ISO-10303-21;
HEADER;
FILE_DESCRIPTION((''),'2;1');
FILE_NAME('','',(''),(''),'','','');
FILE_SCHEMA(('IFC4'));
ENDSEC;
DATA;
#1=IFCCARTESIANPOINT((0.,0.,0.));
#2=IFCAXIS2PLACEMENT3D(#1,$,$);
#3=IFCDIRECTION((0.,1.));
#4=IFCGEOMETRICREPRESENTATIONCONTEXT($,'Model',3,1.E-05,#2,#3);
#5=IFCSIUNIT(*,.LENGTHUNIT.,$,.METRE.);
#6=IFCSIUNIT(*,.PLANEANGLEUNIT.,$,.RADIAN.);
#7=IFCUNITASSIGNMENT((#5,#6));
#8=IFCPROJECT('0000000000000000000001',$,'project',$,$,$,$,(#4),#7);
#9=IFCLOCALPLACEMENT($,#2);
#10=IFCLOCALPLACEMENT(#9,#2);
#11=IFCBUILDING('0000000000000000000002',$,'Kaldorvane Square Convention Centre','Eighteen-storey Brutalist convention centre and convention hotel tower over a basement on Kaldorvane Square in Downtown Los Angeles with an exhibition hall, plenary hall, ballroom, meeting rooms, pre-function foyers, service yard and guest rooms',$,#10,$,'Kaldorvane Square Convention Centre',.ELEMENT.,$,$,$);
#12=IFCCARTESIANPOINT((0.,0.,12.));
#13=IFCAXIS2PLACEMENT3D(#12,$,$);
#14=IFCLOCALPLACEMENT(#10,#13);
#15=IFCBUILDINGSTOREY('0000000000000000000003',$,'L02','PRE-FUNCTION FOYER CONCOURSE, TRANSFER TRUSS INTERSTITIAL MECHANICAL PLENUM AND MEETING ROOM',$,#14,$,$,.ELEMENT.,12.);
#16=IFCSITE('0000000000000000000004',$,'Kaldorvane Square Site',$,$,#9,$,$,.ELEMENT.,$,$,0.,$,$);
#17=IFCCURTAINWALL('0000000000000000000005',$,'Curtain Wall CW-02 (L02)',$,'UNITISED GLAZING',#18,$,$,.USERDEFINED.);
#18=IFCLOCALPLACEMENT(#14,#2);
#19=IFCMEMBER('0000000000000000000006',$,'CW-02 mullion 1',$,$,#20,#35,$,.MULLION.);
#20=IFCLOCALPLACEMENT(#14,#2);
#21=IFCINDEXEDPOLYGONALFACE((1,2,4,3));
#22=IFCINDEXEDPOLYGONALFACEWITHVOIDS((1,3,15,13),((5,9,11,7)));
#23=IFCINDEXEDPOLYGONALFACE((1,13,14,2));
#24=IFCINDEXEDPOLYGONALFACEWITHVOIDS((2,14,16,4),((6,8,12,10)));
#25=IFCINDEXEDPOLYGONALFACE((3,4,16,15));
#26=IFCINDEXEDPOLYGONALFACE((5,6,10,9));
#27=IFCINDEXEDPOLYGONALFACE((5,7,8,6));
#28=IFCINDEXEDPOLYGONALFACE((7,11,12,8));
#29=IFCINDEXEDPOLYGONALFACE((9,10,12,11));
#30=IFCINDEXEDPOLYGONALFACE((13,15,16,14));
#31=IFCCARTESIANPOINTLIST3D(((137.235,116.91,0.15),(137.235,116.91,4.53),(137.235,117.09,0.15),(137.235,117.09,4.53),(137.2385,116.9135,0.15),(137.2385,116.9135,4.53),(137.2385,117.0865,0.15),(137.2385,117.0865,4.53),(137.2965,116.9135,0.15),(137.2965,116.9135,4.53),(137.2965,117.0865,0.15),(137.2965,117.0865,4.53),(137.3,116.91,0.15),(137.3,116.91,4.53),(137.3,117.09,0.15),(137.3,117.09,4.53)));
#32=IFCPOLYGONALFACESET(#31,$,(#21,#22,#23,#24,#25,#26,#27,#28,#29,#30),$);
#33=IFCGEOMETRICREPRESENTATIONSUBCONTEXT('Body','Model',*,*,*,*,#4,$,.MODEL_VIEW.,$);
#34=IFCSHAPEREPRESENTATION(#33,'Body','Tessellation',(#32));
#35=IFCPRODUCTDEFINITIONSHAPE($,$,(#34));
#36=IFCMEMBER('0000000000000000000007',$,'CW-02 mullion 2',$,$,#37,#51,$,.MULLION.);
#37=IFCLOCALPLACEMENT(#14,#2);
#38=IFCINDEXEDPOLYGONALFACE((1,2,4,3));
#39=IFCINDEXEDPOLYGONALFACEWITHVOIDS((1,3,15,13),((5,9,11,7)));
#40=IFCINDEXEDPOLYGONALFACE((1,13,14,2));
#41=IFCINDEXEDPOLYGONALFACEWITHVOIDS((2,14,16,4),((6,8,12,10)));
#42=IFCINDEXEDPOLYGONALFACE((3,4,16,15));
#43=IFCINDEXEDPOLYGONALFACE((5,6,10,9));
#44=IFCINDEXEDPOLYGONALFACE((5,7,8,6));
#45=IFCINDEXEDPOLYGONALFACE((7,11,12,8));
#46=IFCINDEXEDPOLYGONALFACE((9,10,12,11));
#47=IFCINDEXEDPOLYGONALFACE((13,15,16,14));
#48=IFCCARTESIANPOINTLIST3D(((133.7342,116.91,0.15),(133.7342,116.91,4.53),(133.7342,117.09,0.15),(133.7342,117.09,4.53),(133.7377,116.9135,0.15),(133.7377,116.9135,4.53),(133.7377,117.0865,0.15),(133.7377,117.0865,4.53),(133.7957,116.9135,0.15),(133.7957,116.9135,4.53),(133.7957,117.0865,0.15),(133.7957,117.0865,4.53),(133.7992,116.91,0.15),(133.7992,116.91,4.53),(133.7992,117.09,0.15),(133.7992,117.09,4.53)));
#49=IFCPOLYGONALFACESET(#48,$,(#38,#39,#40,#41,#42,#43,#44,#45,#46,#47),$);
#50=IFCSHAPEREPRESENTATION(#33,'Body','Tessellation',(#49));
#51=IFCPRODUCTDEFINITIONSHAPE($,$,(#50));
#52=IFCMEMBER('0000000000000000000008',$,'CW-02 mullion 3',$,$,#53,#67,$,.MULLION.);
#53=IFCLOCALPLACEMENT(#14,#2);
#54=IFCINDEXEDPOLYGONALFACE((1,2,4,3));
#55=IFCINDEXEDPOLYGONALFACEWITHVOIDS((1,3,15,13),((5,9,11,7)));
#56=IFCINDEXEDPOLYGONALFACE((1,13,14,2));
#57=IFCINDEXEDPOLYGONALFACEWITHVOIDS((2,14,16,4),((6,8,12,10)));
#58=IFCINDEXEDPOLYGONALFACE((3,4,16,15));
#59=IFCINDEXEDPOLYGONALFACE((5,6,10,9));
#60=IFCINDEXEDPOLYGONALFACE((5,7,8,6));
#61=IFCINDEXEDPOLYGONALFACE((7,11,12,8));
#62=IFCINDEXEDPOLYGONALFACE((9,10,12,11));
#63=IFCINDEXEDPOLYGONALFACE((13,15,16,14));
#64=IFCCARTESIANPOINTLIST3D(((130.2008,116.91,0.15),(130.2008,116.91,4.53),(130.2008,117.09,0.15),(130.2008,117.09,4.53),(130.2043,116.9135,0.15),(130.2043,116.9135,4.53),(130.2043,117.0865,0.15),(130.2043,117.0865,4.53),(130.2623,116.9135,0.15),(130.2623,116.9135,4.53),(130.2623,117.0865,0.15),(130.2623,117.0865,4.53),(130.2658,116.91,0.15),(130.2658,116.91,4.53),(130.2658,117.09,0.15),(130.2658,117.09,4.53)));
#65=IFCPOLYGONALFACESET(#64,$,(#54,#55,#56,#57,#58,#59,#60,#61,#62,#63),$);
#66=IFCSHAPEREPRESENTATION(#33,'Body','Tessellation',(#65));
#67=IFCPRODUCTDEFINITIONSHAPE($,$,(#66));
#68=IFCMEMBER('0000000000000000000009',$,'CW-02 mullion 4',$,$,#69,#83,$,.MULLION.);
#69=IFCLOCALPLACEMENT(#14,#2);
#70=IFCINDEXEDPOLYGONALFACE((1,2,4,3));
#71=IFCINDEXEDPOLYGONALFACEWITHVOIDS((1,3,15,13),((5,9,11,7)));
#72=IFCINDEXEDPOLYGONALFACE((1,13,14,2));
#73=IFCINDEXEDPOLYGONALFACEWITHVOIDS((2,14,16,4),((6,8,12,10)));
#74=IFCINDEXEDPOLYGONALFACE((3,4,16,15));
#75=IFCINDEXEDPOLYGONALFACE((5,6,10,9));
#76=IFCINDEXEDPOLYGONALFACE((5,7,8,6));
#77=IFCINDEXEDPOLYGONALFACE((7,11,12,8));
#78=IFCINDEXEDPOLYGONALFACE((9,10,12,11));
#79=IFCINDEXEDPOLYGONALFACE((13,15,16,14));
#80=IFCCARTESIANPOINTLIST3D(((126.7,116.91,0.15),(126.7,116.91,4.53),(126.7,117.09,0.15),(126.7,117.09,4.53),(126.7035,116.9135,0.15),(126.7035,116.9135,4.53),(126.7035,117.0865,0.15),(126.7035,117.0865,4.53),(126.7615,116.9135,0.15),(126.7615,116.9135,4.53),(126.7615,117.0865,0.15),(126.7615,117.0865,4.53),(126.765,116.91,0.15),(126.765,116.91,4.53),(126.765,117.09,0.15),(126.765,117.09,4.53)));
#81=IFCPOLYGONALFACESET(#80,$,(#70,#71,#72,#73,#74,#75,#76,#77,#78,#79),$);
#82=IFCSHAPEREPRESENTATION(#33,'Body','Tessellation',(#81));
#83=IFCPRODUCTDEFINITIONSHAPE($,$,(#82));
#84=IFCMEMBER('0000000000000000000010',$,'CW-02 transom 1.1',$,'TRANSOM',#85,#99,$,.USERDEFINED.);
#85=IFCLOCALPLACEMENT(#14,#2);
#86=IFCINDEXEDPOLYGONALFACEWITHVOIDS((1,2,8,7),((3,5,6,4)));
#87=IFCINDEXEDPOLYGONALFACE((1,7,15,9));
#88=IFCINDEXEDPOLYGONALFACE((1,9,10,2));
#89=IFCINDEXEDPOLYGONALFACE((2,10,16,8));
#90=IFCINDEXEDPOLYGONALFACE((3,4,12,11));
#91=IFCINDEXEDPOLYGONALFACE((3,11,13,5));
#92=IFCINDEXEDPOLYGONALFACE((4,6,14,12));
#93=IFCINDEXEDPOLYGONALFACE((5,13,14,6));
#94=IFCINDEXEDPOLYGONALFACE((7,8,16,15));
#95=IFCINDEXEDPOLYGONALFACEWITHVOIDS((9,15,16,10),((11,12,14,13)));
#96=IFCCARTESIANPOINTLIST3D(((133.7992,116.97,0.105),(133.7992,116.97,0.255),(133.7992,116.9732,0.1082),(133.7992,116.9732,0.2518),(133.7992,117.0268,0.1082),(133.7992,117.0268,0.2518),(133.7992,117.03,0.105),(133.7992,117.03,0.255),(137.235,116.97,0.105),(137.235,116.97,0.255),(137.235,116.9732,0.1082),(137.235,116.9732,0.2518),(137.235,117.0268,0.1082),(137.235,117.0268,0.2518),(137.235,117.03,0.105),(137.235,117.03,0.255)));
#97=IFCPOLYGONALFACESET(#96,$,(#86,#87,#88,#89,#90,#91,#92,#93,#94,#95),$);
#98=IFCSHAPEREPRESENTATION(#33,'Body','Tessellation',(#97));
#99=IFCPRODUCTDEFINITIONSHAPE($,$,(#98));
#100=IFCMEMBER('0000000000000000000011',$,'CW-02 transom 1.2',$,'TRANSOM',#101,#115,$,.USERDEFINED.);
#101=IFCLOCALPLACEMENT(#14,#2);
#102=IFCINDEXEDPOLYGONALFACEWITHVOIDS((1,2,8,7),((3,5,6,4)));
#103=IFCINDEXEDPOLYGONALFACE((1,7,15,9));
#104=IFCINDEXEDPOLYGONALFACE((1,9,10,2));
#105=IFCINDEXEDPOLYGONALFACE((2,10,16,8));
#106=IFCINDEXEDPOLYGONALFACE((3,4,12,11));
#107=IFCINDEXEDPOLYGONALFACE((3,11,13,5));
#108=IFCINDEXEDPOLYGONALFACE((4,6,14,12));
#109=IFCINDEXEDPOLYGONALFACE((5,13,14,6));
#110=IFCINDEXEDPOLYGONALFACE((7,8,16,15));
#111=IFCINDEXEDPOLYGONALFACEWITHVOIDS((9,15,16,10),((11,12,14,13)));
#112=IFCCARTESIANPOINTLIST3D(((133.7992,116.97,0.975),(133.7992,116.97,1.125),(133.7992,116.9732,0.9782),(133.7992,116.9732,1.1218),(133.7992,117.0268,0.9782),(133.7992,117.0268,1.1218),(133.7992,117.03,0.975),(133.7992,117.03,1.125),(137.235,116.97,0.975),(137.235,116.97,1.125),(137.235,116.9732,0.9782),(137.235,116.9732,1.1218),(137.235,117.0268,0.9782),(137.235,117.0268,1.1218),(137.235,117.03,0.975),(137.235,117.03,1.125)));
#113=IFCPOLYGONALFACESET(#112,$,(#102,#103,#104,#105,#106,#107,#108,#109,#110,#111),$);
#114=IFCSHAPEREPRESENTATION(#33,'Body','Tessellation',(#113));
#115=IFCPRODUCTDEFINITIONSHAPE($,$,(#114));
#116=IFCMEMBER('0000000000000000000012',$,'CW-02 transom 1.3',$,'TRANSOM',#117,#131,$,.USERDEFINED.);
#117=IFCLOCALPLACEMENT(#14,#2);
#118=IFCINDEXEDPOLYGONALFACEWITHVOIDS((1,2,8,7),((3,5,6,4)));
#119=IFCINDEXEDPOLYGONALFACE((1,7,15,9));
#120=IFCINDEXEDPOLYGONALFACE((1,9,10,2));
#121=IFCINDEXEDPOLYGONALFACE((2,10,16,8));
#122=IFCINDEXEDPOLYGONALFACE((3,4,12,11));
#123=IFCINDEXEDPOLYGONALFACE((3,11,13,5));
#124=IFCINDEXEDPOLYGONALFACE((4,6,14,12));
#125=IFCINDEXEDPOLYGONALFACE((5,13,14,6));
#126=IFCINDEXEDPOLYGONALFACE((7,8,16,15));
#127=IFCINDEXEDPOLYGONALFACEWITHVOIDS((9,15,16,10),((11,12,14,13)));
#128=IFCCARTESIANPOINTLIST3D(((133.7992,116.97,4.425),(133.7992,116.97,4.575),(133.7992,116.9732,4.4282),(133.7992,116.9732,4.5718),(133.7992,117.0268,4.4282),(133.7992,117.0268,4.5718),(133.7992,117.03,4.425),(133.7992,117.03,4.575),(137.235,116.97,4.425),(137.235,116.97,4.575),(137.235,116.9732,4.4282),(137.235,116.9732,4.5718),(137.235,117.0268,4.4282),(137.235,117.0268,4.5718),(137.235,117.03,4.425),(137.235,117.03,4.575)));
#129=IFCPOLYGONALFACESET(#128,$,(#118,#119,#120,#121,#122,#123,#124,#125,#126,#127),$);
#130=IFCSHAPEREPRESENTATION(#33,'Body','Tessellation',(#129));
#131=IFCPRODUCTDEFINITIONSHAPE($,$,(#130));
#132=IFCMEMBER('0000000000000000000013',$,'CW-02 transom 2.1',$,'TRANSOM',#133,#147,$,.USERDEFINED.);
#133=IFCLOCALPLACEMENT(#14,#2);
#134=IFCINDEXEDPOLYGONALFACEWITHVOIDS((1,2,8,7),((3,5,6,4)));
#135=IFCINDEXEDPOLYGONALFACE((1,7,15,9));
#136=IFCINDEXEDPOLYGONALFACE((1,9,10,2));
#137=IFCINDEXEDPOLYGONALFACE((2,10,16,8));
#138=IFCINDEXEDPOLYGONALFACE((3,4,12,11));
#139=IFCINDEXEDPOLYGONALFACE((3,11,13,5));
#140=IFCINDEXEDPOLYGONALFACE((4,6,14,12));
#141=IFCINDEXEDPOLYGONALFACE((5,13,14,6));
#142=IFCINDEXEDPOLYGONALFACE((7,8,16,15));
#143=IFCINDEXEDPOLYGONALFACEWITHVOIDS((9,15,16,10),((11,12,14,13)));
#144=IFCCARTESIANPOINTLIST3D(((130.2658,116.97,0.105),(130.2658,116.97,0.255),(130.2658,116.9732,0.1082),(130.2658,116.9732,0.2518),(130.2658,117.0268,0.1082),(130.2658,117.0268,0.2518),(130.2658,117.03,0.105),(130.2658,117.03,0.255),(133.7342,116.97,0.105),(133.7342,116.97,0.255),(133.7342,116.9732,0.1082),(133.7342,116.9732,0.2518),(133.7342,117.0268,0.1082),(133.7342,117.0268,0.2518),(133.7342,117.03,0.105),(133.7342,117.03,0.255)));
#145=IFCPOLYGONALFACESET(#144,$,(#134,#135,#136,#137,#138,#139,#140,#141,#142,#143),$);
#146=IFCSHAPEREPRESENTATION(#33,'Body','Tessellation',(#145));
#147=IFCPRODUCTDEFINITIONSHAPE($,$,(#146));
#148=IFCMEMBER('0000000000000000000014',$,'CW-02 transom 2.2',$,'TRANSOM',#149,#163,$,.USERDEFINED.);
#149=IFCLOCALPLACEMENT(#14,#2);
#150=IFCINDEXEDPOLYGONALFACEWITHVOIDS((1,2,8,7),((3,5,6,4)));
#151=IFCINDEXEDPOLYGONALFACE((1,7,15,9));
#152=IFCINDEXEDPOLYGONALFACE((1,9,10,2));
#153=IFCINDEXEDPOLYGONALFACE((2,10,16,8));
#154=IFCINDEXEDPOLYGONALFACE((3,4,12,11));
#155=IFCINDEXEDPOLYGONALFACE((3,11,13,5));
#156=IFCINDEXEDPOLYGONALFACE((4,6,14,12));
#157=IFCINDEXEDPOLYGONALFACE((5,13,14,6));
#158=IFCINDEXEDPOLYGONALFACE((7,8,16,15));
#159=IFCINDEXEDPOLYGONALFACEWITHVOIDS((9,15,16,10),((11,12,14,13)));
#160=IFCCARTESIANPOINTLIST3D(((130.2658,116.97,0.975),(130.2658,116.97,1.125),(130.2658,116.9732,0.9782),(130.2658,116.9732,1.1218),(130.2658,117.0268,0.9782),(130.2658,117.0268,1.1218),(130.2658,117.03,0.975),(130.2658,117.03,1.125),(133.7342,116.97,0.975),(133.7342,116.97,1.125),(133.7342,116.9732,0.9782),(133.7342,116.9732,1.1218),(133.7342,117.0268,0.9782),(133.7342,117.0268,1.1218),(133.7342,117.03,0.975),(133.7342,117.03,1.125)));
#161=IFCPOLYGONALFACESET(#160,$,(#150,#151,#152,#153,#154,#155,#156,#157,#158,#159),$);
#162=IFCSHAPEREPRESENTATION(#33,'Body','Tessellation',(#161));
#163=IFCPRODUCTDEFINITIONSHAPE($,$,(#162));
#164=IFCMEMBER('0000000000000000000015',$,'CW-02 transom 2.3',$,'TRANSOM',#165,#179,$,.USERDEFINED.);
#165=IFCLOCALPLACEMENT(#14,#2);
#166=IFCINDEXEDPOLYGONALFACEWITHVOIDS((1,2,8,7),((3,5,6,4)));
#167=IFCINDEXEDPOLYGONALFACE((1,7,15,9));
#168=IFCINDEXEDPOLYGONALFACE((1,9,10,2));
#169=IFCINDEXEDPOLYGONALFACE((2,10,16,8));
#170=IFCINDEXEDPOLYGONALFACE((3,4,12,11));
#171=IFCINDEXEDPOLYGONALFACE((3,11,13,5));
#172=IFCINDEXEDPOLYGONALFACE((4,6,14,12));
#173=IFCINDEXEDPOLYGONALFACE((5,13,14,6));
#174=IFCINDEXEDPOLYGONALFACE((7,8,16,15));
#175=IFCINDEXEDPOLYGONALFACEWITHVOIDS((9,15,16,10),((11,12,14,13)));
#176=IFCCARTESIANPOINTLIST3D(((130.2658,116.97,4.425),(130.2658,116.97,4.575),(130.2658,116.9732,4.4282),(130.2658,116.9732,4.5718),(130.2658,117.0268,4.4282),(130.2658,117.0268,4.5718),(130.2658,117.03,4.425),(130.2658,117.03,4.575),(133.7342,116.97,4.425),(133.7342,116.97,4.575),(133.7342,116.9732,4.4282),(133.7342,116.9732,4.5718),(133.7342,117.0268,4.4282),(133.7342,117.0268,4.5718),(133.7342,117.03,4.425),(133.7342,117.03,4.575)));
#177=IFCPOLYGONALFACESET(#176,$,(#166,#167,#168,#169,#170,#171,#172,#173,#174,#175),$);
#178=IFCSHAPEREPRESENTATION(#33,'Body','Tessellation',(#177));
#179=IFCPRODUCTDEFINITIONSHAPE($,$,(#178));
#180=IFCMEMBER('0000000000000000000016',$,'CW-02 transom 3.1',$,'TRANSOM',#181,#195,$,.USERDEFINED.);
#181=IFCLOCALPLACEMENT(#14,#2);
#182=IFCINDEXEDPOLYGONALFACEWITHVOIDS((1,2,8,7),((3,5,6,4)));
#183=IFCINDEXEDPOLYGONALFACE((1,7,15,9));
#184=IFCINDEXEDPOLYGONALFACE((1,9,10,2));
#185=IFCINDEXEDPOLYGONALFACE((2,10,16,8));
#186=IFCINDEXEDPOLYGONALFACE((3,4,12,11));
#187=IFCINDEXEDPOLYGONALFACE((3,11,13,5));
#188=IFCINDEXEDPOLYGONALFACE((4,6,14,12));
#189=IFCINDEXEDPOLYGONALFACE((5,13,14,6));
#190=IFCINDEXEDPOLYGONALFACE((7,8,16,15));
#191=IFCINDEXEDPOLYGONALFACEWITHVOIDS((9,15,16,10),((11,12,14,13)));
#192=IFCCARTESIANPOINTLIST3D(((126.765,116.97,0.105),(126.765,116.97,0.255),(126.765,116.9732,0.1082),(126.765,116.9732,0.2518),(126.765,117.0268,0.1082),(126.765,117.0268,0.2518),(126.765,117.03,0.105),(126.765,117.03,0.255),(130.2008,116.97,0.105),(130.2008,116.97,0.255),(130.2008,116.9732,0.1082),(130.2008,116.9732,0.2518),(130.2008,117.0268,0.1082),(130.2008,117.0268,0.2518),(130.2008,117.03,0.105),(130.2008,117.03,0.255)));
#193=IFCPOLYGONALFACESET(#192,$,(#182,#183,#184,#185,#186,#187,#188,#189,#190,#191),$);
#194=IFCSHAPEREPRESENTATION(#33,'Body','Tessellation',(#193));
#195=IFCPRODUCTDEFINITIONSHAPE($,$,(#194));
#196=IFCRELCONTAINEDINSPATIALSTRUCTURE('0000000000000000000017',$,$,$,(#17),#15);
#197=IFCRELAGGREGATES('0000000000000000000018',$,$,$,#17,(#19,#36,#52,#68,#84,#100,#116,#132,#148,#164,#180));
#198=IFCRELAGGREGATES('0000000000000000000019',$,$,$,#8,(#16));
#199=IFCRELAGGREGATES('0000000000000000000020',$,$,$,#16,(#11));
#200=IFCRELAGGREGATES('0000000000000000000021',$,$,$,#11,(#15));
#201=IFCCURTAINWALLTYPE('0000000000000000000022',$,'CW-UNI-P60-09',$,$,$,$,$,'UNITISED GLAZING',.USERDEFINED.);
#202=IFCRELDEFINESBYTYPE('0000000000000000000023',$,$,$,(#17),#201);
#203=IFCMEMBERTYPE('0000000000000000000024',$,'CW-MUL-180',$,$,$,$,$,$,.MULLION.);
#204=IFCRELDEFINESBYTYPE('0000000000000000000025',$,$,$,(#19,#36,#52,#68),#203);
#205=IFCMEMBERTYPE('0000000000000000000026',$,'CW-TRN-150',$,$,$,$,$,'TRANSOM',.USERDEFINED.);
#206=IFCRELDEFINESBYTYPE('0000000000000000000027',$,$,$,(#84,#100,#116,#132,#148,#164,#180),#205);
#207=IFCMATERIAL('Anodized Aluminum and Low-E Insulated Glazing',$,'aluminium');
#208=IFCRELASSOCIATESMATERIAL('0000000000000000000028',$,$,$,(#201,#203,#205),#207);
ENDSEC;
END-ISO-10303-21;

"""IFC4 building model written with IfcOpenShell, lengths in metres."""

from ifc_helpers import new_model, si_unit, direction, frame, origin, origin_2d, place, context, subcontext, project, spatial, hollow_rectangle, extrude, material, material_profile, profile_set, type_object, element, aggregate, save


model = new_model("IFC4")

# Units and contexts
model_context = context("Model", 3, precision=1e-05, world=origin(), true_north=direction((0.0, 1.0)))
body_context = subcontext(model_context, "Body", "Model", "MODEL_VIEW")
ifc_project = project(units=[si_unit("LENGTHUNIT", "METRE"), si_unit("PLANEANGLEUNIT", "RADIAN")], contexts=[model_context])

# Site, building, storey
site_placement = place(None, origin())
site = spatial("IfcSite", under=ifc_project, at=site_placement, Name="Kaldorvane Square Site", CompositionType="ELEMENT", RefElevation=0.0)
building_placement = place(site_placement, origin())
building = spatial("IfcBuilding", under=site, at=building_placement, Name="Kaldorvane Square Convention Centre", Description="Eighteen-storey Brutalist convention centre and convention hotel tower over a basement on Kaldorvane Square in Downtown Los Angeles with an exhibition hall, plenary hall, ballroom, meeting rooms, pre-function foyers, service yard and guest rooms", LongName="Kaldorvane Square Convention Centre", CompositionType="ELEMENT")
storey_placement = place(building_placement, frame((0.0, 0.0, 12.0)))
storey = spatial("IfcBuildingStorey", under=building, at=storey_placement, Name="L02", Description="PRE-FUNCTION FOYER CONCOURSE, TRANSFER TRUSS INTERSTITIAL MECHANICAL PLENUM AND MEETING ROOM", CompositionType="ELEMENT", Elevation=12.0)

# Curtain wall, members
ifc_material_1 = material(Name="Anodized Aluminum and Low-E Insulated Glazing", Category="aluminium")
curtain_wall_type = type_object("IfcCurtainWallType", Name="CW-UNI-P60-09", ElementType="UNITISED GLAZING", PredefinedType="USERDEFINED", material=ifc_material_1)
curtain_wall_placement = place(storey_placement, origin())
curtain_wall = element("IfcCurtainWall", 1, at=curtain_wall_placement, inside=storey, type_object=curtain_wall_type, Name="Curtain Wall CW-02 (L02)", ObjectType="UNITISED GLAZING", PredefinedType="USERDEFINED")
ifc_material_profile_1 = material_profile(ifc_material_1, hollow_rectangle(XDim=0.065, YDim=0.18, WallThickness=0.0035, at=origin_2d()), Name="CWM-180X65")
ifc_profile_set_1 = profile_set([ifc_material_profile_1], Name="Anodized Aluminum and Low-E Insulated Glazing")
member_type_1 = type_object("IfcMemberType", Name="CW-MUL-180", PredefinedType="MULLION", material=ifc_profile_set_1)
member_1_placement = place(storey_placement, frame((137.2675, 117.0, 0.15), z_axis=(0.0, 0.0, 1.0), x_axis=(-1.0, 0.0, 0.0)))
member_1 = element("IfcMember", 2, at=member_1_placement, type_object=member_type_1, Name="CW-02 mullion 1", PredefinedType="MULLION", context=body_context, shape_type="SweptSolid", body=[
    extrude(hollow_rectangle(XDim=0.065, YDim=0.18, WallThickness=0.0035, at=origin_2d()), origin(), (0.0, 0.0, 1.0), 4.38),
])
member_2_placement = place(storey_placement, frame((133.7667, 117.0, 0.15), z_axis=(0.0, 0.0, 1.0), x_axis=(-1.0, 0.0, 0.0)))
member_2 = element("IfcMember", 3, at=member_2_placement, type_object=member_type_1, Name="CW-02 mullion 2", PredefinedType="MULLION", context=body_context, shape_type="SweptSolid", body=[
    extrude(hollow_rectangle(XDim=0.065, YDim=0.18, WallThickness=0.0035, at=origin_2d()), origin(), (0.0, 0.0, 1.0), 4.38),
])
member_3_placement = place(storey_placement, frame((130.2333, 117.0, 0.15), z_axis=(0.0, 0.0, 1.0), x_axis=(-1.0, 0.0, 0.0)))
member_3 = element("IfcMember", 4, at=member_3_placement, type_object=member_type_1, Name="CW-02 mullion 3", PredefinedType="MULLION", context=body_context, shape_type="SweptSolid", body=[
    extrude(hollow_rectangle(XDim=0.065, YDim=0.18, WallThickness=0.0035, at=origin_2d()), origin(), (0.0, 0.0, 1.0), 4.38),
])
member_4_placement = place(storey_placement, frame((126.7325, 117.0, 0.15), z_axis=(0.0, 0.0, 1.0), x_axis=(-1.0, 0.0, 0.0)))
member_4 = element("IfcMember", 5, at=member_4_placement, type_object=member_type_1, Name="CW-02 mullion 4", PredefinedType="MULLION", context=body_context, shape_type="SweptSolid", body=[
    extrude(hollow_rectangle(XDim=0.065, YDim=0.18, WallThickness=0.0035, at=origin_2d()), origin(), (0.0, 0.0, 1.0), 4.38),
])
ifc_material_profile_2 = material_profile(ifc_material_1, hollow_rectangle(XDim=0.06, YDim=0.15, WallThickness=0.0032, at=origin_2d()), Name="CWT-150X60")
ifc_profile_set_2 = profile_set([ifc_material_profile_2], Name="Anodized Aluminum and Low-E Insulated Glazing")
member_type_2 = type_object("IfcMemberType", Name="CW-TRN-150", ElementType="TRANSOM", PredefinedType="USERDEFINED", material=ifc_profile_set_2)
member_5_placement = place(storey_placement, frame((137.235, 117.0, 0.18), z_axis=(-1.0, 0.0, 0.0), x_axis=(0.0, -1.0, 0.0)))
member_5 = element("IfcMember", 6, at=member_5_placement, type_object=member_type_2, Name="CW-02 transom 1.1", ObjectType="TRANSOM", PredefinedType="USERDEFINED", context=body_context, shape_type="SweptSolid", body=[
    extrude(hollow_rectangle(XDim=0.06, YDim=0.15, WallThickness=0.0032, at=origin_2d()), origin(), (0.0, 0.0, 1.0), 3.4358),
])
member_6_placement = place(storey_placement, frame((137.235, 117.0, 1.05), z_axis=(-1.0, 0.0, 0.0), x_axis=(0.0, -1.0, 0.0)))
member_6 = element("IfcMember", 7, at=member_6_placement, type_object=member_type_2, Name="CW-02 transom 1.2", ObjectType="TRANSOM", PredefinedType="USERDEFINED", context=body_context, shape_type="SweptSolid", body=[
    extrude(hollow_rectangle(XDim=0.06, YDim=0.15, WallThickness=0.0032, at=origin_2d()), origin(), (0.0, 0.0, 1.0), 3.4358),
])
member_7_placement = place(storey_placement, frame((137.235, 117.0, 4.5), z_axis=(-1.0, 0.0, 0.0), x_axis=(0.0, -1.0, 0.0)))
member_7 = element("IfcMember", 8, at=member_7_placement, type_object=member_type_2, Name="CW-02 transom 1.3", ObjectType="TRANSOM", PredefinedType="USERDEFINED", context=body_context, shape_type="SweptSolid", body=[
    extrude(hollow_rectangle(XDim=0.06, YDim=0.15, WallThickness=0.0032, at=origin_2d()), origin(), (0.0, 0.0, 1.0), 3.4358),
])
member_8_placement = place(storey_placement, frame((133.7342, 117.0, 0.18), z_axis=(-1.0, 0.0, 0.0), x_axis=(0.0, -1.0, 0.0)))
member_8 = element("IfcMember", 9, at=member_8_placement, type_object=member_type_2, Name="CW-02 transom 2.1", ObjectType="TRANSOM", PredefinedType="USERDEFINED", context=body_context, shape_type="SweptSolid", body=[
    extrude(hollow_rectangle(XDim=0.06, YDim=0.15, WallThickness=0.0032, at=origin_2d()), origin(), (0.0, 0.0, 1.0), 3.4683),
])
member_9_placement = place(storey_placement, frame((133.7342, 117.0, 1.05), z_axis=(-1.0, 0.0, 0.0), x_axis=(0.0, -1.0, 0.0)))
member_9 = element("IfcMember", 10, at=member_9_placement, type_object=member_type_2, Name="CW-02 transom 2.2", ObjectType="TRANSOM", PredefinedType="USERDEFINED", context=body_context, shape_type="SweptSolid", body=[
    extrude(hollow_rectangle(XDim=0.06, YDim=0.15, WallThickness=0.0032, at=origin_2d()), origin(), (0.0, 0.0, 1.0), 3.4683),
])
member_10_placement = place(storey_placement, frame((133.7342, 117.0, 4.5), z_axis=(-1.0, 0.0, 0.0), x_axis=(0.0, -1.0, 0.0)))
member_10 = element("IfcMember", 11, at=member_10_placement, type_object=member_type_2, Name="CW-02 transom 2.3", ObjectType="TRANSOM", PredefinedType="USERDEFINED", context=body_context, shape_type="SweptSolid", body=[
    extrude(hollow_rectangle(XDim=0.06, YDim=0.15, WallThickness=0.0032, at=origin_2d()), origin(), (0.0, 0.0, 1.0), 3.4683),
])
member_11_placement = place(storey_placement, frame((130.2008, 117.0, 0.18), z_axis=(-1.0, 0.0, 0.0), x_axis=(0.0, -1.0, 0.0)))
member_11 = element("IfcMember", 12, at=member_11_placement, type_object=member_type_2, Name="CW-02 transom 3.1", ObjectType="TRANSOM", PredefinedType="USERDEFINED", context=body_context, shape_type="SweptSolid", body=[
    extrude(hollow_rectangle(XDim=0.06, YDim=0.15, WallThickness=0.0032, at=origin_2d()), origin(), (0.0, 0.0, 1.0), 3.4358),
])
aggregate(curtain_wall, [member_1, member_2, member_3, member_4, member_5, member_6, member_7, member_8, member_9, member_10, member_11])

save(model, "model.ifc")
